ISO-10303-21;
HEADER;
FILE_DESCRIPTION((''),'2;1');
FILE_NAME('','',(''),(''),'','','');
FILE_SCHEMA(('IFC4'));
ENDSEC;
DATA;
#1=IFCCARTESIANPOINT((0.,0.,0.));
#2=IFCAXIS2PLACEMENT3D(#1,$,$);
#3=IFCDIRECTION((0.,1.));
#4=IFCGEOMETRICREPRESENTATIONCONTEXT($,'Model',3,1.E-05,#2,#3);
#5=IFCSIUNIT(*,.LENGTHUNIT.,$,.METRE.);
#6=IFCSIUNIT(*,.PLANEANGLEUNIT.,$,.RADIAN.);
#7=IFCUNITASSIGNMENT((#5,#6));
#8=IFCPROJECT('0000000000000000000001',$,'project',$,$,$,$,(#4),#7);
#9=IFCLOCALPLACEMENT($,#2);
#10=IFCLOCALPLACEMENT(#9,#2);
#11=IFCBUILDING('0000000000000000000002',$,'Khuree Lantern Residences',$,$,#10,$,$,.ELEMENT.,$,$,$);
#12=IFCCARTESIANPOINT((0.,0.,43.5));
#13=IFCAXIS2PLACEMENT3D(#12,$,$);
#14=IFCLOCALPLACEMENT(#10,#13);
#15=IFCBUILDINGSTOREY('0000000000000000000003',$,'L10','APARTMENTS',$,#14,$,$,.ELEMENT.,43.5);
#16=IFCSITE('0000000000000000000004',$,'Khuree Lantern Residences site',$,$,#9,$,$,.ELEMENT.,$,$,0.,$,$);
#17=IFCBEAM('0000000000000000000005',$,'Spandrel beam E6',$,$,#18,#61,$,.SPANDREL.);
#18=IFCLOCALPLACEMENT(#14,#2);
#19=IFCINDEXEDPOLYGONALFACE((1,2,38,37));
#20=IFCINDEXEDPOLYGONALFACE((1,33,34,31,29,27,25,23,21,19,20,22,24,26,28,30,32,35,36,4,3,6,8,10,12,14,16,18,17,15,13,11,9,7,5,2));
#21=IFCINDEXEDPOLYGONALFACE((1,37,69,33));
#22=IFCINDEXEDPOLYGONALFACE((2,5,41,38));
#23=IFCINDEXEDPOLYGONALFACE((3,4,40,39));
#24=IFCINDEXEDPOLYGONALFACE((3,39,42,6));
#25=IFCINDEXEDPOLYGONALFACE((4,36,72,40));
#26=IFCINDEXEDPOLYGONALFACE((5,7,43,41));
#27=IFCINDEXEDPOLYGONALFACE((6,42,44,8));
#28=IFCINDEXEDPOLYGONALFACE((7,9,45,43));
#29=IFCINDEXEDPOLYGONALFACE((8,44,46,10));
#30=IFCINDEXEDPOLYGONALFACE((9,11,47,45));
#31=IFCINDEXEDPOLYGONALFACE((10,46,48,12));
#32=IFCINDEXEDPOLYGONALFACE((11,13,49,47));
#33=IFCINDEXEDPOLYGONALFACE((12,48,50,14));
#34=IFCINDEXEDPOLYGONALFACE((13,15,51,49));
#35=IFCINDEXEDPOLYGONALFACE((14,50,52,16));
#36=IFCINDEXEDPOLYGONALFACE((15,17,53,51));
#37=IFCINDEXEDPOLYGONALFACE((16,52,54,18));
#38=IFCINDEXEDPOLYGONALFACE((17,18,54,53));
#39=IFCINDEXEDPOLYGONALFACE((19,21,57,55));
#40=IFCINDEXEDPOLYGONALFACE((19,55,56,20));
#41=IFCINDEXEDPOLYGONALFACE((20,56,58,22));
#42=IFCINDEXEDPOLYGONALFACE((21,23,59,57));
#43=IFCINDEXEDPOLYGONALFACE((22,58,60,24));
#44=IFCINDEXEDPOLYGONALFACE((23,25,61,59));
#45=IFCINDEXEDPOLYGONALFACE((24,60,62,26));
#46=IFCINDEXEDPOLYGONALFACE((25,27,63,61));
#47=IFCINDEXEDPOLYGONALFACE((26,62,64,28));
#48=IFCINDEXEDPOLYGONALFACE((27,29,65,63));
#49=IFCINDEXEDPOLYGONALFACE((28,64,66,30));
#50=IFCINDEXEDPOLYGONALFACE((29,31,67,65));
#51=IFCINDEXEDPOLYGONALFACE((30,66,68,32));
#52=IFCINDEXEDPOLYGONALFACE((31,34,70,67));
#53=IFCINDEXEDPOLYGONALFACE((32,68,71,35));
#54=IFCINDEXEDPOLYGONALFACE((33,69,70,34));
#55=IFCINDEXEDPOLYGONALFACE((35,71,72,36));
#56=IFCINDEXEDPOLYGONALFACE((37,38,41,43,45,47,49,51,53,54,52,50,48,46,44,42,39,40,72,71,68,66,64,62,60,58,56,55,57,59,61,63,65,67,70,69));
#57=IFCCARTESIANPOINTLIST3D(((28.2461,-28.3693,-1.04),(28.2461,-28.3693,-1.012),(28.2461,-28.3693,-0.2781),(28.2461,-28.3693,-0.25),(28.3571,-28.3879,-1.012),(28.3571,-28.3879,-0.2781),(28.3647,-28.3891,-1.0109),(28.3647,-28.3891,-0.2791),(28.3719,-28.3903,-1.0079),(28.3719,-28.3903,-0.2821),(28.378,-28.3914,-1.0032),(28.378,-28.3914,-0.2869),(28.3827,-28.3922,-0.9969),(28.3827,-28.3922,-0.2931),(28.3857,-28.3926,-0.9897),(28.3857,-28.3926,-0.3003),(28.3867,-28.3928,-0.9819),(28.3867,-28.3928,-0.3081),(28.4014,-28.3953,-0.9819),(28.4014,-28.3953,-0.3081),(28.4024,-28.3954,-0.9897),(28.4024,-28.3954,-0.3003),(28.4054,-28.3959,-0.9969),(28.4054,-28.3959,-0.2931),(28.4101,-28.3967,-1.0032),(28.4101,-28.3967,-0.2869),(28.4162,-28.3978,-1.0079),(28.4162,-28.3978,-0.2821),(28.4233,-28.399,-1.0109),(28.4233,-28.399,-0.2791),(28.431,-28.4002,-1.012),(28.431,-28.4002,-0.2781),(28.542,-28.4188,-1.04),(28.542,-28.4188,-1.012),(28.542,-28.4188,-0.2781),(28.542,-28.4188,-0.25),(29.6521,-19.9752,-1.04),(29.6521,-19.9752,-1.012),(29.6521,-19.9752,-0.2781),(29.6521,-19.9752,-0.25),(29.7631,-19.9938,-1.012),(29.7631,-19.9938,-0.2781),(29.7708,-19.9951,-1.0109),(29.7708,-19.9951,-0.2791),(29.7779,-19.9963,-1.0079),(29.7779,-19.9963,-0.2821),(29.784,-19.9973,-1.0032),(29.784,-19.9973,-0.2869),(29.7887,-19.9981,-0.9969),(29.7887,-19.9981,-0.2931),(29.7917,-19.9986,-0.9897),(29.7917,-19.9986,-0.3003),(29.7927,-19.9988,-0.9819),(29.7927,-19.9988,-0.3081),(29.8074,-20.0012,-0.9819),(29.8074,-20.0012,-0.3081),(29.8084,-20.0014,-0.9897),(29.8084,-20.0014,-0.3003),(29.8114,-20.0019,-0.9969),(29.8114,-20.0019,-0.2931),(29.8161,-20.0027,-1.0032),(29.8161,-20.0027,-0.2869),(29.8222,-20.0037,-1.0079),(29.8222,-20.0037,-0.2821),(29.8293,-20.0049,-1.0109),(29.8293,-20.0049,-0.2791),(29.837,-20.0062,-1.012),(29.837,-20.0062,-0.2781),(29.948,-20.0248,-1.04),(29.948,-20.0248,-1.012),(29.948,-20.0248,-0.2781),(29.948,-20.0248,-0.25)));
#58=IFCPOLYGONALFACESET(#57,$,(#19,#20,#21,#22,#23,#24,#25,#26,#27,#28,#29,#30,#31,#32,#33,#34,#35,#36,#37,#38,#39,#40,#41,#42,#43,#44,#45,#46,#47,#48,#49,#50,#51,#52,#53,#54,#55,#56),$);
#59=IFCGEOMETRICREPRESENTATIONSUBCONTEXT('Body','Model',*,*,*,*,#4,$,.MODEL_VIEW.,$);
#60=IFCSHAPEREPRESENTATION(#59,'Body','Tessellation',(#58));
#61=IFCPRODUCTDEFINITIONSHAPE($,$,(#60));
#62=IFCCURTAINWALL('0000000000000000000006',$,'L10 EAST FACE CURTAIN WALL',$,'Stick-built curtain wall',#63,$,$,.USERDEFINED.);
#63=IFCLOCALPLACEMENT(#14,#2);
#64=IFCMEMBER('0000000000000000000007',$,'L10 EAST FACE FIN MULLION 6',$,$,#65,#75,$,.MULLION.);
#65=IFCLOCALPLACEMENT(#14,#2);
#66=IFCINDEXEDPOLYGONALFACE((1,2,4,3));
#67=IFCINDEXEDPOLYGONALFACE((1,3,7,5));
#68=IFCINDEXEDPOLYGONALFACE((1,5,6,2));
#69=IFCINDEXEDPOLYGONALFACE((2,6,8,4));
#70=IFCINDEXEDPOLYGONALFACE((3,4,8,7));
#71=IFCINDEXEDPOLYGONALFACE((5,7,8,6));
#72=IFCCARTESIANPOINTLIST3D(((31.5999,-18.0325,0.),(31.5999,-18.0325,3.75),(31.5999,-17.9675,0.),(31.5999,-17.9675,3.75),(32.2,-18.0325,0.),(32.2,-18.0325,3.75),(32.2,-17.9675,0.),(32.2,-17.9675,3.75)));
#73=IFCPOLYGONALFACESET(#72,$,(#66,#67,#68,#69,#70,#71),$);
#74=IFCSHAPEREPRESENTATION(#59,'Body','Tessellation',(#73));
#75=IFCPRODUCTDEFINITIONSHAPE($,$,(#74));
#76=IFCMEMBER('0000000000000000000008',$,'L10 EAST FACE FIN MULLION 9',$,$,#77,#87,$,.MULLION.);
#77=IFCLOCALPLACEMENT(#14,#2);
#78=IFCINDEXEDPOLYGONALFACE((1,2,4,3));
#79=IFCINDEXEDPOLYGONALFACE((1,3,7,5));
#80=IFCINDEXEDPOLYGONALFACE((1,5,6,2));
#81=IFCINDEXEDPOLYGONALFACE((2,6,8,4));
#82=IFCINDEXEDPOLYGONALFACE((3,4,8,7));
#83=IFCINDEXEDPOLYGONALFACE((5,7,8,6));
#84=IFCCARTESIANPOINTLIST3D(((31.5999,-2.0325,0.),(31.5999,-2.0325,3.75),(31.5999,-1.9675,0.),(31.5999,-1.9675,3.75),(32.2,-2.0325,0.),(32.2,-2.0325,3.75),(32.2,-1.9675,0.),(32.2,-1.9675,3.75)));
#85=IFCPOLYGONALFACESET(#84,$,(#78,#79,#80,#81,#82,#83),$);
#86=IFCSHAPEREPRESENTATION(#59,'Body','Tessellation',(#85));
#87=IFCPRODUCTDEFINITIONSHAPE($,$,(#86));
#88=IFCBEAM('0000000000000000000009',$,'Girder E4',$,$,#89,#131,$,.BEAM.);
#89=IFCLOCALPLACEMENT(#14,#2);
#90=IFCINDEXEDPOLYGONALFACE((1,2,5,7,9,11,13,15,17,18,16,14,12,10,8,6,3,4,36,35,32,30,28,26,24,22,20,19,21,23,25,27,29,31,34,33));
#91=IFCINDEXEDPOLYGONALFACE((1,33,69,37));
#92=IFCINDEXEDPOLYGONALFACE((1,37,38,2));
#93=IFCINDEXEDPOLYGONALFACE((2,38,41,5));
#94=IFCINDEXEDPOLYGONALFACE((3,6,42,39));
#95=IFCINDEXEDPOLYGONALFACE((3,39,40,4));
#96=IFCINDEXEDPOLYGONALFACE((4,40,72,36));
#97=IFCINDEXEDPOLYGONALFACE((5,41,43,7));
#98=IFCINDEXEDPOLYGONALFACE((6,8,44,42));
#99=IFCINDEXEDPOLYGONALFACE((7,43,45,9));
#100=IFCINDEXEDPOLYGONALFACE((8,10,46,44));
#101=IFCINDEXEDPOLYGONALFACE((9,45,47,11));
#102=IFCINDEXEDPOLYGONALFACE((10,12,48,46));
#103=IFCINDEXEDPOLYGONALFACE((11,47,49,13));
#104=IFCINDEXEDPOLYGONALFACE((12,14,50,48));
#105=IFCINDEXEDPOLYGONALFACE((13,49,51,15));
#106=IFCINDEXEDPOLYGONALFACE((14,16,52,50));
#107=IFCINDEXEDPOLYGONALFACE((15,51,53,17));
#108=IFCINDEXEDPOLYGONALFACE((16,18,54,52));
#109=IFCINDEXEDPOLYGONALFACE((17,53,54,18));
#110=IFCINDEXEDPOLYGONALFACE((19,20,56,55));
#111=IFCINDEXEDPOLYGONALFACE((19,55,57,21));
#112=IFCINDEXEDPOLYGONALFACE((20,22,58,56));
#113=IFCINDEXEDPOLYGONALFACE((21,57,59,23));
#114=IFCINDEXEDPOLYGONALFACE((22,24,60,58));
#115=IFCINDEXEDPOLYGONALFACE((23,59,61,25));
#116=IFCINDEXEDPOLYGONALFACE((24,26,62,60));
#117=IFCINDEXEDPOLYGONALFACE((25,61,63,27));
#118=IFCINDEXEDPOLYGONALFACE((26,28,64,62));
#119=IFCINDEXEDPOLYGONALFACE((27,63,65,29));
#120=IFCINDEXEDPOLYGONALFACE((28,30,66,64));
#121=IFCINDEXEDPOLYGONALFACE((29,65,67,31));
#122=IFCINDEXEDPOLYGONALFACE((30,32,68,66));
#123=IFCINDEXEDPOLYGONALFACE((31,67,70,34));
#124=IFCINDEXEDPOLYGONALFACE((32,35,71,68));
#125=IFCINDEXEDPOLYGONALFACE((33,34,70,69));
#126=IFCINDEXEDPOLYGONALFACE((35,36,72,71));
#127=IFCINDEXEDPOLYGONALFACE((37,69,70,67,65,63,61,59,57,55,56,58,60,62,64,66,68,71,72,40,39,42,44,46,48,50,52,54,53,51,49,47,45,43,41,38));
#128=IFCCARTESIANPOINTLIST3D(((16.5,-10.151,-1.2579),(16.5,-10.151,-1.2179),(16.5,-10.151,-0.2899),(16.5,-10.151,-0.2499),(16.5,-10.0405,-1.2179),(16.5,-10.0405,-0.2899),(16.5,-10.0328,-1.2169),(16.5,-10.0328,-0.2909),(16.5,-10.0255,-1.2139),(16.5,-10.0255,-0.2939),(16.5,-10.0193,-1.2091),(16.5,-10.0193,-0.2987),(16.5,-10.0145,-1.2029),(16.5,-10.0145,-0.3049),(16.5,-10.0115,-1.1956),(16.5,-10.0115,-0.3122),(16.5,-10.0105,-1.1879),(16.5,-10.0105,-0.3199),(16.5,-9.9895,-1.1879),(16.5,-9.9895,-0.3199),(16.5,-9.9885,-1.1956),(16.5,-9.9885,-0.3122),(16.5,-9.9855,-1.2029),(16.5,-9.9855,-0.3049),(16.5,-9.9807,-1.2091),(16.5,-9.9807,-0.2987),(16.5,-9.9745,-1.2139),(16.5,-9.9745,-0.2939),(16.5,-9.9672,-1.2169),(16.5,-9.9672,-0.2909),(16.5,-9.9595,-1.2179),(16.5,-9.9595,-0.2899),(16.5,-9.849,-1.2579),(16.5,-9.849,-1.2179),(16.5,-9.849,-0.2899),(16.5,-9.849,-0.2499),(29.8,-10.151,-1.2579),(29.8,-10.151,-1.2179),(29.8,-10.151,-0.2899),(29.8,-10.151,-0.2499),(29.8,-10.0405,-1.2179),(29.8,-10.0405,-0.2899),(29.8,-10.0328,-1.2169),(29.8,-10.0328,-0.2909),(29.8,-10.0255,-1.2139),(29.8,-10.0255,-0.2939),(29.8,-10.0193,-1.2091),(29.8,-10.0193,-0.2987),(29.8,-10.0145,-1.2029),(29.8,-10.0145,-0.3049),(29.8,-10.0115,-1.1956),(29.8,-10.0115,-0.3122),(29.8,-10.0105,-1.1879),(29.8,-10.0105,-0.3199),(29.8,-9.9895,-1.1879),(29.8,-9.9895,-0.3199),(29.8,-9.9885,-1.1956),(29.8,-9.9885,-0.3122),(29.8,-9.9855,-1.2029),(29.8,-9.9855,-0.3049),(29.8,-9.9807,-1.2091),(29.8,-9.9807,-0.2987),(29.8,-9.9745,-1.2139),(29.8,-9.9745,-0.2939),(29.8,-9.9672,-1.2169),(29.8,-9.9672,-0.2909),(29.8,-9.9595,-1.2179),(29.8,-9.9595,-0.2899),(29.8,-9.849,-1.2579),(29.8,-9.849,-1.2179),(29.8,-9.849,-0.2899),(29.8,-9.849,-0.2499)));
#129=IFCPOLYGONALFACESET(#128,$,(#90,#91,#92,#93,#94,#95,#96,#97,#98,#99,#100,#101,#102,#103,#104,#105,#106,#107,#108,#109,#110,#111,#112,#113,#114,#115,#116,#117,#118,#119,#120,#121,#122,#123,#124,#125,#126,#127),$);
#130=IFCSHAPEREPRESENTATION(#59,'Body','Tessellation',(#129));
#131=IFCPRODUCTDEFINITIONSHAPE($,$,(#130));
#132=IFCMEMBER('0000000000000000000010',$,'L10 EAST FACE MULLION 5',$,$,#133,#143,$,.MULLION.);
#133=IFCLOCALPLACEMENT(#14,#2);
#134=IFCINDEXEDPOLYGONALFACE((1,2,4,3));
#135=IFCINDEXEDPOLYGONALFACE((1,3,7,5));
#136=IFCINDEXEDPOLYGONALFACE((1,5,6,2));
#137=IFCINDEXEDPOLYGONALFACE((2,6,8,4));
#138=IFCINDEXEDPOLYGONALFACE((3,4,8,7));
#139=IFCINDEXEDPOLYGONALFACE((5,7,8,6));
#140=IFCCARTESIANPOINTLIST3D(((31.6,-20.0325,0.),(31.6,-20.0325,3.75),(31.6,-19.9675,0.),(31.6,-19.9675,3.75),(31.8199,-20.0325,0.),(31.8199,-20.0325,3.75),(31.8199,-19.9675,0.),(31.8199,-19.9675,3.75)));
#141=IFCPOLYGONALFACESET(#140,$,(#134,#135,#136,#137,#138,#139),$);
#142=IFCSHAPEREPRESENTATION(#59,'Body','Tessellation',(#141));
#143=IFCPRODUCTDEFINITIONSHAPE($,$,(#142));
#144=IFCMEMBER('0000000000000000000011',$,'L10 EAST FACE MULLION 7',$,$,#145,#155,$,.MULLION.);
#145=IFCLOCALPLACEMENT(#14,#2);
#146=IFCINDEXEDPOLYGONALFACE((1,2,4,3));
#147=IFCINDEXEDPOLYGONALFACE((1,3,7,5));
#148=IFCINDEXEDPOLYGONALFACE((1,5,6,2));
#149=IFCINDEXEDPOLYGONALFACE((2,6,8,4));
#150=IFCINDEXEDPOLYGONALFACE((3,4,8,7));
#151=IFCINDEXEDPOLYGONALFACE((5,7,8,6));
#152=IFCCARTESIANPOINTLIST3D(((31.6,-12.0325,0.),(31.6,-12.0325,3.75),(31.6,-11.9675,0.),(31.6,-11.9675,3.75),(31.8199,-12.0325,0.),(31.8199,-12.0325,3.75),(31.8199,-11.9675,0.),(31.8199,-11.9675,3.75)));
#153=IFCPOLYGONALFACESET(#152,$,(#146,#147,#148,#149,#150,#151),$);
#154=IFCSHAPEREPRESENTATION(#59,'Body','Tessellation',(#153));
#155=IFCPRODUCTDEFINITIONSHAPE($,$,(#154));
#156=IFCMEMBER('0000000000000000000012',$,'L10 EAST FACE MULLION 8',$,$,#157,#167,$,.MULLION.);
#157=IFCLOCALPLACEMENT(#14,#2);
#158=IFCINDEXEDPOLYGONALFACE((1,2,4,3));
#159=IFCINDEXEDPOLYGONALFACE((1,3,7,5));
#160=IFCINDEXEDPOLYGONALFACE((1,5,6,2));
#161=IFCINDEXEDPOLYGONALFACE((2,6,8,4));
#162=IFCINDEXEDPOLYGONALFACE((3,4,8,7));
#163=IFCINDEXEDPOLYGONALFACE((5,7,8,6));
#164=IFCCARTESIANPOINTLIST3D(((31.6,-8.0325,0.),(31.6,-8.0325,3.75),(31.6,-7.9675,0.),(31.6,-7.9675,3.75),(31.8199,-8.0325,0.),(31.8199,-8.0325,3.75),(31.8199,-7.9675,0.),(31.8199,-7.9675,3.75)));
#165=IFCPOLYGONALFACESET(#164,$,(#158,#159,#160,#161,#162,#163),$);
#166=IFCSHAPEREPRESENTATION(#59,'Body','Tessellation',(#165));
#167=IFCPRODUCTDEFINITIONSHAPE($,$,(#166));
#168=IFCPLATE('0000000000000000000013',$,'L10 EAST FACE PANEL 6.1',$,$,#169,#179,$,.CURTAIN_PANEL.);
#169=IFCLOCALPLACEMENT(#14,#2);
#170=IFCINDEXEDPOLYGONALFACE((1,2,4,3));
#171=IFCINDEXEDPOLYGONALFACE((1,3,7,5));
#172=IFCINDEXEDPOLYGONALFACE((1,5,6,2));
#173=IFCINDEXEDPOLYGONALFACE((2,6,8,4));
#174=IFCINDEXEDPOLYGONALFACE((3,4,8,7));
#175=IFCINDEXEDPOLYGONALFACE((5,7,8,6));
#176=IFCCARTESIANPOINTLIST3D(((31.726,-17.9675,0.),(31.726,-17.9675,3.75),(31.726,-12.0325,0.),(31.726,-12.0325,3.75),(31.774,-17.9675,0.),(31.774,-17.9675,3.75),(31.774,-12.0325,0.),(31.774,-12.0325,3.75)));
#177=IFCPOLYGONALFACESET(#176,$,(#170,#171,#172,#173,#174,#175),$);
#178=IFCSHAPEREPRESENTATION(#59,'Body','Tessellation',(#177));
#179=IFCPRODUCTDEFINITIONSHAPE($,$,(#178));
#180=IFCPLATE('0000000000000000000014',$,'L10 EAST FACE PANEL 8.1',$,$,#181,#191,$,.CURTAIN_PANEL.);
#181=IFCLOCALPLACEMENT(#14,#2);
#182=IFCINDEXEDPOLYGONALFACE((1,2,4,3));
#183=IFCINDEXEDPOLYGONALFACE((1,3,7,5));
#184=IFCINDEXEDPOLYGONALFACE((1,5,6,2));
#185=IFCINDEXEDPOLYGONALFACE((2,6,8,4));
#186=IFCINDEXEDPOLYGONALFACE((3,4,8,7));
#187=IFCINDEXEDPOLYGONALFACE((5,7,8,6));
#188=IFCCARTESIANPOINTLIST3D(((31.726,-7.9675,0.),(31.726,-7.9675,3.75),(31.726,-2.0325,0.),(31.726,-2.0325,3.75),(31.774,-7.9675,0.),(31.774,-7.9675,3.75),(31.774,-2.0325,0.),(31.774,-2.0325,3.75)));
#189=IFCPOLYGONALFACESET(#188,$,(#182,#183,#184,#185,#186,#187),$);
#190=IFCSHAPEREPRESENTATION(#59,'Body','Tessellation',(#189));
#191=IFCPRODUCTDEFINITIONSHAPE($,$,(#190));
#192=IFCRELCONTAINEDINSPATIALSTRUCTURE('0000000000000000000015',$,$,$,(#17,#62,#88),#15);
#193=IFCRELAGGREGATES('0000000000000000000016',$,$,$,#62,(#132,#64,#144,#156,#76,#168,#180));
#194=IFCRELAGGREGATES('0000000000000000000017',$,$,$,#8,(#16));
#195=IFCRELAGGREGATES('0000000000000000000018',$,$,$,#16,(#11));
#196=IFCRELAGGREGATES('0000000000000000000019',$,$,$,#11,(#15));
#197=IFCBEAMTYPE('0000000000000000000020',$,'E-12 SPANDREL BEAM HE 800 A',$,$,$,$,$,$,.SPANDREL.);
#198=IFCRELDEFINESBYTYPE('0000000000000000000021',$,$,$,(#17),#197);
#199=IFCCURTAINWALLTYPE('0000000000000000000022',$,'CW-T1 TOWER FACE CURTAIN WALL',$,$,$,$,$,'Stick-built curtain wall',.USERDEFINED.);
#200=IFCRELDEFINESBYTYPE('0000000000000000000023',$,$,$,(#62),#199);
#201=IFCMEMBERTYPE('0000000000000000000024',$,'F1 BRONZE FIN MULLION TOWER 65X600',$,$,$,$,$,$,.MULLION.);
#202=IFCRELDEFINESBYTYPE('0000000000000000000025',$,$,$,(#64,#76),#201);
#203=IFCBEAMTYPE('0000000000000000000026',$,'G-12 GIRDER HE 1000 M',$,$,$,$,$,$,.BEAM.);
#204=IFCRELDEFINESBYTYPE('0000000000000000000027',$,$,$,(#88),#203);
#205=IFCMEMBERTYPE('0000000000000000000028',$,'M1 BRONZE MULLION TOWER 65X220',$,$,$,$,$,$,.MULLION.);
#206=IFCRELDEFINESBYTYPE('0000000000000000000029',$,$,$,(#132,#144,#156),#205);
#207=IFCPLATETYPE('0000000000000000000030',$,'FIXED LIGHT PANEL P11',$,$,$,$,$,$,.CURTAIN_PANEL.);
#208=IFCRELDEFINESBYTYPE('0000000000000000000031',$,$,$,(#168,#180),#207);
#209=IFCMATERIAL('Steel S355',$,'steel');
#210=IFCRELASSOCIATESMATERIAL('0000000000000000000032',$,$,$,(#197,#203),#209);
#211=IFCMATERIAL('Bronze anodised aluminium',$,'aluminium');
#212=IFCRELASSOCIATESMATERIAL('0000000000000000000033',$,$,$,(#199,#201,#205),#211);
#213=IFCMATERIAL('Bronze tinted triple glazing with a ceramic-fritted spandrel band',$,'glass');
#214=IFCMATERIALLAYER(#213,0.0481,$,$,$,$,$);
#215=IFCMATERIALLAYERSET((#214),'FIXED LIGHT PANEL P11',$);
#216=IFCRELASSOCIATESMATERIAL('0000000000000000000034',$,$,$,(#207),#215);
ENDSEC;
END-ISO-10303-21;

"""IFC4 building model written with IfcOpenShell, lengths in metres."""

from ifc_helpers import new_model, si_unit, direction, frame, origin, origin_2d, place, context, subcontext, project, spatial, rectangle, i_section, extrude, material, layer, layer_set, material_profile, profile_set, type_object, element, aggregate, save


model = new_model("IFC4")

# Units and contexts
model_context = context("Model", 3, precision=1e-05, world=origin(), true_north=direction((0.0, 1.0)))
body_context = subcontext(model_context, "Body", "Model", "MODEL_VIEW")
ifc_project = project(units=[si_unit("LENGTHUNIT", "METRE"), si_unit("PLANEANGLEUNIT", "RADIAN")], contexts=[model_context])

# Site, building, storey
site_placement = place(None, origin())
site = spatial("IfcSite", under=ifc_project, at=site_placement, Name="Khuree Lantern Residences site", CompositionType="ELEMENT", RefElevation=0.0)
building_placement = place(site_placement, origin())
building = spatial("IfcBuilding", under=site, at=building_placement, Name="Khuree Lantern Residences", CompositionType="ELEMENT")
storey_placement = place(building_placement, frame((0.0, 0.0, 43.5)))
storey = spatial("IfcBuildingStorey", under=building, at=storey_placement, Name="L10", Description="APARTMENTS", CompositionType="ELEMENT", Elevation=43.5)

# Beam
ifc_material_1 = material(Name="Steel S355", Category="steel")
ifc_material_profile_1 = material_profile(ifc_material_1, i_section(OverallWidth=0.3, OverallDepth=0.79, WebThickness=0.0149, FlangeThickness=0.0281, FilletRadius=0.03, at=origin_2d()), Name="HE 800 A")
ifc_profile_set_1 = profile_set([ifc_material_profile_1], Name="Steel S355")
beam_type_1 = type_object("IfcBeamType", Name="E-12 SPANDREL BEAM HE 800 A", PredefinedType="SPANDREL", material=ifc_profile_set_1)
beam_1_placement = place(storey_placement, frame((29.8, -20.0, -0.645), z_axis=(-0.165199, -0.98626, 0.0), x_axis=(0.98626, -0.165199, 0.0)))
element("IfcBeam", 1, at=beam_1_placement, inside=storey, type_object=beam_type_1, Name="Spandrel beam E6", PredefinedType="SPANDREL", context=body_context, shape_type="SweptSolid", body=[
    extrude(i_section(OverallWidth=0.3, OverallDepth=0.79, WebThickness=0.0149, FlangeThickness=0.0281, FilletRadius=0.03, at=origin_2d()), origin(), (0.0, 0.0, 1.0), 8.511),
])

# Curtain wall, members
ifc_material_2 = material(Name="Bronze anodised aluminium", Category="aluminium")
curtain_wall_type = type_object("IfcCurtainWallType", Name="CW-T1 TOWER FACE CURTAIN WALL", ElementType="Stick-built curtain wall", PredefinedType="USERDEFINED", material=ifc_material_2)
curtain_wall_placement = place(storey_placement, origin())
curtain_wall = element("IfcCurtainWall", 2, at=curtain_wall_placement, inside=storey, type_object=curtain_wall_type, Name="L10 EAST FACE CURTAIN WALL", ObjectType="Stick-built curtain wall", PredefinedType="USERDEFINED")
ifc_material_profile_2 = material_profile(ifc_material_2, rectangle(XDim=0.0649, YDim=0.6001, at=origin_2d()), Name="F1 65X600")
ifc_profile_set_2 = profile_set([ifc_material_profile_2], Name="Bronze anodised aluminium")
member_type_1 = type_object("IfcMemberType", Name="F1 BRONZE FIN MULLION TOWER 65X600", PredefinedType="MULLION", material=ifc_profile_set_2)
member_1_placement = place(storey_placement, frame((31.8999, -18.0, 0.0), z_axis=(0.0, 0.0, 1.0), x_axis=(0.0, 1.0, 0.0)))
member_1 = element("IfcMember", 3, at=member_1_placement, type_object=member_type_1, Name="L10 EAST FACE FIN MULLION 6", PredefinedType="MULLION", context=body_context, shape_type="SweptSolid", body=[
    extrude(rectangle(XDim=0.0649, YDim=0.6001, at=origin_2d()), origin(), (0.0, 0.0, 1.0), 3.75),
])
member_2_placement = place(storey_placement, frame((31.8999, -2.0, 0.0), z_axis=(0.0, 0.0, 1.0), x_axis=(0.0, 1.0, 0.0)))
member_2 = element("IfcMember", 4, at=member_2_placement, type_object=member_type_1, Name="L10 EAST FACE FIN MULLION 9", PredefinedType="MULLION", context=body_context, shape_type="SweptSolid", body=[
    extrude(rectangle(XDim=0.0649, YDim=0.6001, at=origin_2d()), origin(), (0.0, 0.0, 1.0), 3.75),
])

# Beam
ifc_material_profile_3 = material_profile(ifc_material_1, i_section(OverallWidth=0.302, OverallDepth=1.0081, WebThickness=0.021, FlangeThickness=0.04, FilletRadius=0.03, at=origin_2d()), Name="HE 1000 M")
ifc_profile_set_3 = profile_set([ifc_material_profile_3], Name="Steel S355")
beam_type_2 = type_object("IfcBeamType", Name="G-12 GIRDER HE 1000 M", PredefinedType="BEAM", material=ifc_profile_set_3)
beam_2_placement = place(storey_placement, frame((29.8, -10.0, -0.7539), z_axis=(-1.0, 0.0, 0.0), x_axis=(0.0, -1.0, 0.0)))
element("IfcBeam", 5, at=beam_2_placement, inside=storey, type_object=beam_type_2, Name="Girder E4", PredefinedType="BEAM", context=body_context, shape_type="SweptSolid", body=[
    extrude(i_section(OverallWidth=0.302, OverallDepth=1.0081, WebThickness=0.021, FlangeThickness=0.04, FilletRadius=0.03, at=origin_2d()), origin(), (0.0, 0.0, 1.0), 13.3),
])

# Members
ifc_material_profile_4 = material_profile(ifc_material_2, rectangle(XDim=0.0649, YDim=0.22, at=origin_2d()), Name="M1 65X220")
ifc_profile_set_4 = profile_set([ifc_material_profile_4], Name="Bronze anodised aluminium")
member_type_2 = type_object("IfcMemberType", Name="M1 BRONZE MULLION TOWER 65X220", PredefinedType="MULLION", material=ifc_profile_set_4)
member_3_placement = place(storey_placement, frame((31.71, -20.0, 0.0), z_axis=(0.0, 0.0, 1.0), x_axis=(0.0, 1.0, 0.0)))
member_3 = element("IfcMember", 6, at=member_3_placement, type_object=member_type_2, Name="L10 EAST FACE MULLION 5", PredefinedType="MULLION", context=body_context, shape_type="SweptSolid", body=[
    extrude(rectangle(XDim=0.0649, YDim=0.22, at=origin_2d()), origin(), (0.0, 0.0, 1.0), 3.75),
])
member_4_placement = place(storey_placement, frame((31.71, -12.0, 0.0), z_axis=(0.0, 0.0, 1.0), x_axis=(0.0, 1.0, 0.0)))
member_4 = element("IfcMember", 7, at=member_4_placement, type_object=member_type_2, Name="L10 EAST FACE MULLION 7", PredefinedType="MULLION", context=body_context, shape_type="SweptSolid", body=[
    extrude(rectangle(XDim=0.0649, YDim=0.22, at=origin_2d()), origin(), (0.0, 0.0, 1.0), 3.75),
])
member_5_placement = place(storey_placement, frame((31.71, -8.0, 0.0), z_axis=(0.0, 0.0, 1.0), x_axis=(0.0, 1.0, 0.0)))
member_5 = element("IfcMember", 8, at=member_5_placement, type_object=member_type_2, Name="L10 EAST FACE MULLION 8", PredefinedType="MULLION", context=body_context, shape_type="SweptSolid", body=[
    extrude(rectangle(XDim=0.0649, YDim=0.22, at=origin_2d()), origin(), (0.0, 0.0, 1.0), 3.75),
])

# Plates
ifc_material_3 = material(Name="Bronze tinted triple glazing with a ceramic-fritted spandrel band", Category="glass")
ifc_layer_1 = layer(ifc_material_3, 0.0481)
ifc_layer_set_1 = layer_set([ifc_layer_1], Name="FIXED LIGHT PANEL P11")
plate_type_1 = type_object("IfcPlateType", Name="FIXED LIGHT PANEL P11", PredefinedType="CURTAIN_PANEL", material=ifc_layer_set_1)
plate_1_placement = place(storey_placement, frame((31.75, -15.0, 0.0), z_axis=(0.0, 0.0, 1.0), x_axis=(0.0, 1.0, 0.0)))
plate_1 = element("IfcPlate", 9, at=plate_1_placement, type_object=plate_type_1, Name="L10 EAST FACE PANEL 6.1", PredefinedType="CURTAIN_PANEL", context=body_context, shape_type="SweptSolid", body=[
    extrude(rectangle(XDim=5.9351, YDim=0.0481, at=origin_2d()), origin(), (0.0, 0.0, 1.0), 3.75),
])
plate_2_placement = place(storey_placement, frame((31.75, -5.0, 0.0), z_axis=(0.0, 0.0, 1.0), x_axis=(0.0, 1.0, 0.0)))
plate_2 = element("IfcPlate", 10, at=plate_2_placement, type_object=plate_type_1, Name="L10 EAST FACE PANEL 8.1", PredefinedType="CURTAIN_PANEL", context=body_context, shape_type="SweptSolid", body=[
    extrude(rectangle(XDim=5.9351, YDim=0.0481, at=origin_2d()), origin(), (0.0, 0.0, 1.0), 3.75),
])
aggregate(curtain_wall, [member_3, member_1, member_4, member_5, member_2, plate_1, plate_2])

save(model, "model.ifc")
